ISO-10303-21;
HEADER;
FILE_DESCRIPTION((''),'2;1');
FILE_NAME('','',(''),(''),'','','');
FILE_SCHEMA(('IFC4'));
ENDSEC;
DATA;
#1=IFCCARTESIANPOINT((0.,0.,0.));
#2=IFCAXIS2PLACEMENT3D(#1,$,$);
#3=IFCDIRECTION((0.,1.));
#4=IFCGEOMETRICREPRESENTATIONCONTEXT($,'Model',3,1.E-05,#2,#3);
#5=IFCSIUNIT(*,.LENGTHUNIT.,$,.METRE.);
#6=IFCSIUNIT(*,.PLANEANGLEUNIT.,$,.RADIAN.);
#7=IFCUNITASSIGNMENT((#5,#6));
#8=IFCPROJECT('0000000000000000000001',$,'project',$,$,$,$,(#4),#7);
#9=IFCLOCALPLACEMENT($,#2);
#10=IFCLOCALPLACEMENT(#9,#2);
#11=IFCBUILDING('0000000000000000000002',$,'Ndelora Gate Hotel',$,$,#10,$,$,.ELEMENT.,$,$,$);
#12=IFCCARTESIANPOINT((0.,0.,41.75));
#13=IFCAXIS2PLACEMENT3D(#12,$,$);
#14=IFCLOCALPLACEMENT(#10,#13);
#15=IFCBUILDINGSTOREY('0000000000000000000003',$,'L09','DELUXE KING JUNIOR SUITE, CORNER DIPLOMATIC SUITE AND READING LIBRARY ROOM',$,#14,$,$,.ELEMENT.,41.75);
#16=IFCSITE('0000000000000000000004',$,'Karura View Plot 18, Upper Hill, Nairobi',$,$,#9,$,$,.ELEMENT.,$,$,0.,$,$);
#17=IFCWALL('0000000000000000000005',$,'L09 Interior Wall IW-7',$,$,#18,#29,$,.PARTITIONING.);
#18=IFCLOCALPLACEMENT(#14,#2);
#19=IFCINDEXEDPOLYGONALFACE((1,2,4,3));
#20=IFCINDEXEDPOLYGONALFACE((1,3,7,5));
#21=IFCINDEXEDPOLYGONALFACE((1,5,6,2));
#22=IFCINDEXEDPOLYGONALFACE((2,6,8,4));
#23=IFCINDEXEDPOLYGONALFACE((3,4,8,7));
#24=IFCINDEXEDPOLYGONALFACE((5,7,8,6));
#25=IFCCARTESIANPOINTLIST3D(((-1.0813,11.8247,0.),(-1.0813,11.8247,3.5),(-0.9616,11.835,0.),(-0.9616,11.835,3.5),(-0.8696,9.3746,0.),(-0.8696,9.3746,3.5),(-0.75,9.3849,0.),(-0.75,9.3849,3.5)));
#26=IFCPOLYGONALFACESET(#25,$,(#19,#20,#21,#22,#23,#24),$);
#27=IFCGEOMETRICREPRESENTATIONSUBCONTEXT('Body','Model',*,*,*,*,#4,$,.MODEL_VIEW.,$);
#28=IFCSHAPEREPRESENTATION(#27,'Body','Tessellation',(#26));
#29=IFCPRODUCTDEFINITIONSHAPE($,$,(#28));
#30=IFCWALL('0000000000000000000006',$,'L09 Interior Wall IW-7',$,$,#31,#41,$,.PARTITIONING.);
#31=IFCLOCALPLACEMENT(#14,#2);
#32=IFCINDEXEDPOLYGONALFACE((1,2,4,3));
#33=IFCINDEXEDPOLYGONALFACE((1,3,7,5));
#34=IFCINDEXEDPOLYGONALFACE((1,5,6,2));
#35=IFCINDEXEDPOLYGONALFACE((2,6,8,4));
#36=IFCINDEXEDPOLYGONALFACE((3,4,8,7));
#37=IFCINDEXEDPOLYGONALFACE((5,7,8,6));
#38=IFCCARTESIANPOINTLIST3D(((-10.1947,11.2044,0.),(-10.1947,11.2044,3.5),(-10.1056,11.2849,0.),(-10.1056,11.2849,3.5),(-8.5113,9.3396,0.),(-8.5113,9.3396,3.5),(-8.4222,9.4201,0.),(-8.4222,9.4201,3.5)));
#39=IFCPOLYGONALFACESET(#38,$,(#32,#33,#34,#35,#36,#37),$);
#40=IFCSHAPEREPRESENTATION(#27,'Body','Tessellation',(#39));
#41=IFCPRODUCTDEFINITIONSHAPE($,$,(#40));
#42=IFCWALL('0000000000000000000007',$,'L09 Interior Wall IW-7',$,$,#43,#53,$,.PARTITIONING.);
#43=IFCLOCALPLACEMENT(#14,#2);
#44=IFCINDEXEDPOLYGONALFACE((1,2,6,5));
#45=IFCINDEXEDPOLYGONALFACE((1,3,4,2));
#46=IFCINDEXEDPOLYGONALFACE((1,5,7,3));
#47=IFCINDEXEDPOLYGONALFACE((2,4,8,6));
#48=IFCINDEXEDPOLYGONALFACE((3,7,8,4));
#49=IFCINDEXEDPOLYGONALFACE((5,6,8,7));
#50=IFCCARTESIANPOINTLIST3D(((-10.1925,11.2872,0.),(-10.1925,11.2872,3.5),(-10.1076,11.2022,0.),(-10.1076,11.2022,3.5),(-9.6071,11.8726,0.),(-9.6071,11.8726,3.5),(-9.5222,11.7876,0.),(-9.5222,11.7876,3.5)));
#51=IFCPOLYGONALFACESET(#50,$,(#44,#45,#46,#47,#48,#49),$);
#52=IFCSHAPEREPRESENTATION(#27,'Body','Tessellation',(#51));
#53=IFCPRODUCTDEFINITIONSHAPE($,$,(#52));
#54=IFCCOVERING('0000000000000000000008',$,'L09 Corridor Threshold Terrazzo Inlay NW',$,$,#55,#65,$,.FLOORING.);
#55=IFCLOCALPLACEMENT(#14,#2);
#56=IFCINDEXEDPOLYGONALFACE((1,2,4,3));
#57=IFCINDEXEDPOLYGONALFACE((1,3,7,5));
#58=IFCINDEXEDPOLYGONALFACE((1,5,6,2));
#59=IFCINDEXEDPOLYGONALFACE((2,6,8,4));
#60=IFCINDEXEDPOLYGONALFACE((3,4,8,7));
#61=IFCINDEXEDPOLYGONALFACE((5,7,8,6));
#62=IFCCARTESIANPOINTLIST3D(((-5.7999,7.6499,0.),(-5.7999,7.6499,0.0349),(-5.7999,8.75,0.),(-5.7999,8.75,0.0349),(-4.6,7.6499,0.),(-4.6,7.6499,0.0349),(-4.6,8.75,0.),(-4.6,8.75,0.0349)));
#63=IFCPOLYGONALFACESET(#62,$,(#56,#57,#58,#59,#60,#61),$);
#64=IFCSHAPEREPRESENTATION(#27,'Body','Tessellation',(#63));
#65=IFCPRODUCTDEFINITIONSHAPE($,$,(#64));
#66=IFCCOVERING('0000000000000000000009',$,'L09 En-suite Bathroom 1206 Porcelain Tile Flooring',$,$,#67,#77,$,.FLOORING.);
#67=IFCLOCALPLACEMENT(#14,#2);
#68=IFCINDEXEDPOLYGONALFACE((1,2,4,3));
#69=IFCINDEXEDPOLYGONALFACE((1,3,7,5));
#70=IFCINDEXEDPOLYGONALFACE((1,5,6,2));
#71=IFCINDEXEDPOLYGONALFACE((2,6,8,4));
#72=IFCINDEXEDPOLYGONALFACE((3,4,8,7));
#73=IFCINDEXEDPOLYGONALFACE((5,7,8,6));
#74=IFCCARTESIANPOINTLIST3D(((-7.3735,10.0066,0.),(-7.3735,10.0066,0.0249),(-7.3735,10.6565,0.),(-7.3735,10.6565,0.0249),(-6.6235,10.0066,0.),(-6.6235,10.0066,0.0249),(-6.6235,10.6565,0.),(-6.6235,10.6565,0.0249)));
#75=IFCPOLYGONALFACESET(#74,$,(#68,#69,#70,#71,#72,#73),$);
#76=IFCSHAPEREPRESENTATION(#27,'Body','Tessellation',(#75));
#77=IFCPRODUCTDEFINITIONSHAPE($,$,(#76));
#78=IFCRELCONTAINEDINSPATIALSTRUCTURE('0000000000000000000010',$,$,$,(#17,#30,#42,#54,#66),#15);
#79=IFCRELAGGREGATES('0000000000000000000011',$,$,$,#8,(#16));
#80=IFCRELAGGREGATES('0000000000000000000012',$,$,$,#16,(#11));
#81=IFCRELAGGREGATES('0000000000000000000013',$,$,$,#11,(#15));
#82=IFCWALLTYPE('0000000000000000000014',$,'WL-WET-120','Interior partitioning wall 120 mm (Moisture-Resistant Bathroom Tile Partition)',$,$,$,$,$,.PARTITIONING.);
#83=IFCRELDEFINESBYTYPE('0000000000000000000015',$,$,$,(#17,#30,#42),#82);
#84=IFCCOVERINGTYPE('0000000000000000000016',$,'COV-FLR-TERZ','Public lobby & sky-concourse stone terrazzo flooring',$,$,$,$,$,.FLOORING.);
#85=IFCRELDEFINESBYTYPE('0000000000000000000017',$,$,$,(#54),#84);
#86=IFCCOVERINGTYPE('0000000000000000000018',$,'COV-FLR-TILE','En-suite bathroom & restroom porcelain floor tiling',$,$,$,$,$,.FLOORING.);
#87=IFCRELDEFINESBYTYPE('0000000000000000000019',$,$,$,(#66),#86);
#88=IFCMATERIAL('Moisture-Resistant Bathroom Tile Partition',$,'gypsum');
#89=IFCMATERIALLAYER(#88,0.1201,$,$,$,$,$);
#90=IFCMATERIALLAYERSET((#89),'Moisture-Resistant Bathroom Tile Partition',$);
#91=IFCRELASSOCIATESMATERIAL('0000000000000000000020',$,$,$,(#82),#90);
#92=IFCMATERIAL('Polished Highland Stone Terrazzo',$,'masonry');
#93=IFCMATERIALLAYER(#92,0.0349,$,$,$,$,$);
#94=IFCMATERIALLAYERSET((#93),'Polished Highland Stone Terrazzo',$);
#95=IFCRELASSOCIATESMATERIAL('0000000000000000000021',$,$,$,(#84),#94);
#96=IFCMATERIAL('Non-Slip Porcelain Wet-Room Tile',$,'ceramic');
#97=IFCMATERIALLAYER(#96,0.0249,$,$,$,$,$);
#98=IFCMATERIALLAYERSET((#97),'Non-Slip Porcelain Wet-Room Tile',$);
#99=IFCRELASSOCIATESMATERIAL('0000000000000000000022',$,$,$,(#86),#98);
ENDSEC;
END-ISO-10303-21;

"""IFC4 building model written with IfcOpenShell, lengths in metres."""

from ifc_helpers import new_model, si_unit, direction, frame, frame_2d, origin, origin_2d, place, context, subcontext, project, spatial, rectangle, extrude, material, layer, layer_set, type_object, element, save


model = new_model("IFC4")

# Units and contexts
model_context = context("Model", 3, precision=1e-05, world=origin(), true_north=direction((0.0, 1.0)))
body_context = subcontext(model_context, "Body", "Model", "MODEL_VIEW")
ifc_project = project(units=[si_unit("LENGTHUNIT", "METRE"), si_unit("PLANEANGLEUNIT", "RADIAN")], contexts=[model_context])

# Site, building, storey
site_placement = place(None, origin())
site = spatial("IfcSite", under=ifc_project, at=site_placement, Name="Karura View Plot 18, Upper Hill, Nairobi", CompositionType="ELEMENT", RefElevation=0.0)
building_placement = place(site_placement, origin())
building = spatial("IfcBuilding", under=site, at=building_placement, Name="Ndelora Gate Hotel", CompositionType="ELEMENT")
storey_placement = place(building_placement, frame((0.0, 0.0, 41.75)))
storey = spatial("IfcBuildingStorey", under=building, at=storey_placement, Name="L09", Description="DELUXE KING JUNIOR SUITE, CORNER DIPLOMATIC SUITE AND READING LIBRARY ROOM", CompositionType="ELEMENT", Elevation=41.75)

# Walls
ifc_material_1 = material(Name="Moisture-Resistant Bathroom Tile Partition", Category="gypsum")
ifc_layer_1 = layer(ifc_material_1, 0.1201)
ifc_layer_set_1 = layer_set([ifc_layer_1], Name="Moisture-Resistant Bathroom Tile Partition")
wall_type_1 = type_object("IfcWallType", Name="WL-WET-120", Description="Interior partitioning wall 120 mm (Moisture-Resistant Bathroom Tile Partition)", PredefinedType="PARTITIONING", material=ifc_layer_set_1)
wall_1_placement = place(storey_placement, frame((-0.8098, 9.3799, 0.0), z_axis=(0.0, 0.0, 1.0), x_axis=(-0.086068, 0.996289, 0.0)))
element("IfcWall", 1, at=wall_1_placement, inside=storey, type_object=wall_type_1, Name="L09 Interior Wall IW-7", PredefinedType="PARTITIONING", context=body_context, shape_type="SweptSolid", body=[
    extrude(rectangle(XDim=2.4592, YDim=0.1201, at=frame_2d((1.2295, 0.0))), origin(), (0.0, 0.0, 1.0), 3.5),
])
wall_2_placement = place(storey_placement, frame((-10.1501, 11.2446, 0.0), z_axis=(0.0, 0.0, 1.0), x_axis=(0.670081, -0.742288, 0.0)))
element("IfcWall", 2, at=wall_2_placement, inside=storey, type_object=wall_type_1, Name="L09 Interior Wall IW-7", PredefinedType="PARTITIONING", context=body_context, shape_type="SweptSolid", body=[
    extrude(rectangle(XDim=2.5122, YDim=0.1201, at=frame_2d((1.2561, 0.0))), origin(), (0.0, 0.0, 1.0), 3.5),
])
wall_3_placement = place(storey_placement, frame((-10.1501, 11.2446, 0.0), z_axis=(0.0, 0.0, 1.0), x_axis=(0.707107, 0.707107, 0.0)))
element("IfcWall", 3, at=wall_3_placement, inside=storey, type_object=wall_type_1, Name="L09 Interior Wall IW-7", PredefinedType="PARTITIONING", context=body_context, shape_type="SweptSolid", body=[
    extrude(rectangle(XDim=0.8279, YDim=0.1201, at=frame_2d((0.4141, 0.0))), origin(), (0.0, 0.0, 1.0), 3.5),
])

# Coverings
ifc_material_2 = material(Name="Polished Highland Stone Terrazzo", Category="masonry")
ifc_layer_2 = layer(ifc_material_2, 0.0349)
ifc_layer_set_2 = layer_set([ifc_layer_2], Name="Polished Highland Stone Terrazzo")
covering_type_1 = type_object("IfcCoveringType", Name="COV-FLR-TERZ", Description="Public lobby & sky-concourse stone terrazzo flooring", PredefinedType="FLOORING", material=ifc_layer_set_2)
covering_1_placement = place(storey_placement, frame((-5.2, 8.2, 0.0), z_axis=(0.0, 0.0, 1.0), x_axis=(1.0, 0.0, 0.0)))
element("IfcCovering", 4, at=covering_1_placement, inside=storey, type_object=covering_type_1, Name="L09 Corridor Threshold Terrazzo Inlay NW", PredefinedType="FLOORING", context=body_context, shape_type="SweptSolid", body=[
    extrude(rectangle(XDim=1.2, YDim=1.1001, at=origin_2d()), origin(), (0.0, 0.0, 1.0), 0.0349),
])
ifc_material_3 = material(Name="Non-Slip Porcelain Wet-Room Tile", Category="ceramic")
ifc_layer_3 = layer(ifc_material_3, 0.0249)
ifc_layer_set_3 = layer_set([ifc_layer_3], Name="Non-Slip Porcelain Wet-Room Tile")
covering_type_2 = type_object("IfcCoveringType", Name="COV-FLR-TILE", Description="En-suite bathroom & restroom porcelain floor tiling", PredefinedType="FLOORING", material=ifc_layer_set_3)
covering_2_placement = place(storey_placement, frame((-6.9985, 10.3315, 0.0), z_axis=(0.0, 0.0, 1.0), x_axis=(1.0, 0.0, 0.0)))
element("IfcCovering", 5, at=covering_2_placement, inside=storey, type_object=covering_type_2, Name="L09 En-suite Bathroom 1206 Porcelain Tile Flooring", PredefinedType="FLOORING", context=body_context, shape_type="SweptSolid", body=[
    extrude(rectangle(XDim=0.75, YDim=0.6499, at=origin_2d()), origin(), (0.0, 0.0, 1.0), 0.0249),
])

save(model, "model.ifc")
